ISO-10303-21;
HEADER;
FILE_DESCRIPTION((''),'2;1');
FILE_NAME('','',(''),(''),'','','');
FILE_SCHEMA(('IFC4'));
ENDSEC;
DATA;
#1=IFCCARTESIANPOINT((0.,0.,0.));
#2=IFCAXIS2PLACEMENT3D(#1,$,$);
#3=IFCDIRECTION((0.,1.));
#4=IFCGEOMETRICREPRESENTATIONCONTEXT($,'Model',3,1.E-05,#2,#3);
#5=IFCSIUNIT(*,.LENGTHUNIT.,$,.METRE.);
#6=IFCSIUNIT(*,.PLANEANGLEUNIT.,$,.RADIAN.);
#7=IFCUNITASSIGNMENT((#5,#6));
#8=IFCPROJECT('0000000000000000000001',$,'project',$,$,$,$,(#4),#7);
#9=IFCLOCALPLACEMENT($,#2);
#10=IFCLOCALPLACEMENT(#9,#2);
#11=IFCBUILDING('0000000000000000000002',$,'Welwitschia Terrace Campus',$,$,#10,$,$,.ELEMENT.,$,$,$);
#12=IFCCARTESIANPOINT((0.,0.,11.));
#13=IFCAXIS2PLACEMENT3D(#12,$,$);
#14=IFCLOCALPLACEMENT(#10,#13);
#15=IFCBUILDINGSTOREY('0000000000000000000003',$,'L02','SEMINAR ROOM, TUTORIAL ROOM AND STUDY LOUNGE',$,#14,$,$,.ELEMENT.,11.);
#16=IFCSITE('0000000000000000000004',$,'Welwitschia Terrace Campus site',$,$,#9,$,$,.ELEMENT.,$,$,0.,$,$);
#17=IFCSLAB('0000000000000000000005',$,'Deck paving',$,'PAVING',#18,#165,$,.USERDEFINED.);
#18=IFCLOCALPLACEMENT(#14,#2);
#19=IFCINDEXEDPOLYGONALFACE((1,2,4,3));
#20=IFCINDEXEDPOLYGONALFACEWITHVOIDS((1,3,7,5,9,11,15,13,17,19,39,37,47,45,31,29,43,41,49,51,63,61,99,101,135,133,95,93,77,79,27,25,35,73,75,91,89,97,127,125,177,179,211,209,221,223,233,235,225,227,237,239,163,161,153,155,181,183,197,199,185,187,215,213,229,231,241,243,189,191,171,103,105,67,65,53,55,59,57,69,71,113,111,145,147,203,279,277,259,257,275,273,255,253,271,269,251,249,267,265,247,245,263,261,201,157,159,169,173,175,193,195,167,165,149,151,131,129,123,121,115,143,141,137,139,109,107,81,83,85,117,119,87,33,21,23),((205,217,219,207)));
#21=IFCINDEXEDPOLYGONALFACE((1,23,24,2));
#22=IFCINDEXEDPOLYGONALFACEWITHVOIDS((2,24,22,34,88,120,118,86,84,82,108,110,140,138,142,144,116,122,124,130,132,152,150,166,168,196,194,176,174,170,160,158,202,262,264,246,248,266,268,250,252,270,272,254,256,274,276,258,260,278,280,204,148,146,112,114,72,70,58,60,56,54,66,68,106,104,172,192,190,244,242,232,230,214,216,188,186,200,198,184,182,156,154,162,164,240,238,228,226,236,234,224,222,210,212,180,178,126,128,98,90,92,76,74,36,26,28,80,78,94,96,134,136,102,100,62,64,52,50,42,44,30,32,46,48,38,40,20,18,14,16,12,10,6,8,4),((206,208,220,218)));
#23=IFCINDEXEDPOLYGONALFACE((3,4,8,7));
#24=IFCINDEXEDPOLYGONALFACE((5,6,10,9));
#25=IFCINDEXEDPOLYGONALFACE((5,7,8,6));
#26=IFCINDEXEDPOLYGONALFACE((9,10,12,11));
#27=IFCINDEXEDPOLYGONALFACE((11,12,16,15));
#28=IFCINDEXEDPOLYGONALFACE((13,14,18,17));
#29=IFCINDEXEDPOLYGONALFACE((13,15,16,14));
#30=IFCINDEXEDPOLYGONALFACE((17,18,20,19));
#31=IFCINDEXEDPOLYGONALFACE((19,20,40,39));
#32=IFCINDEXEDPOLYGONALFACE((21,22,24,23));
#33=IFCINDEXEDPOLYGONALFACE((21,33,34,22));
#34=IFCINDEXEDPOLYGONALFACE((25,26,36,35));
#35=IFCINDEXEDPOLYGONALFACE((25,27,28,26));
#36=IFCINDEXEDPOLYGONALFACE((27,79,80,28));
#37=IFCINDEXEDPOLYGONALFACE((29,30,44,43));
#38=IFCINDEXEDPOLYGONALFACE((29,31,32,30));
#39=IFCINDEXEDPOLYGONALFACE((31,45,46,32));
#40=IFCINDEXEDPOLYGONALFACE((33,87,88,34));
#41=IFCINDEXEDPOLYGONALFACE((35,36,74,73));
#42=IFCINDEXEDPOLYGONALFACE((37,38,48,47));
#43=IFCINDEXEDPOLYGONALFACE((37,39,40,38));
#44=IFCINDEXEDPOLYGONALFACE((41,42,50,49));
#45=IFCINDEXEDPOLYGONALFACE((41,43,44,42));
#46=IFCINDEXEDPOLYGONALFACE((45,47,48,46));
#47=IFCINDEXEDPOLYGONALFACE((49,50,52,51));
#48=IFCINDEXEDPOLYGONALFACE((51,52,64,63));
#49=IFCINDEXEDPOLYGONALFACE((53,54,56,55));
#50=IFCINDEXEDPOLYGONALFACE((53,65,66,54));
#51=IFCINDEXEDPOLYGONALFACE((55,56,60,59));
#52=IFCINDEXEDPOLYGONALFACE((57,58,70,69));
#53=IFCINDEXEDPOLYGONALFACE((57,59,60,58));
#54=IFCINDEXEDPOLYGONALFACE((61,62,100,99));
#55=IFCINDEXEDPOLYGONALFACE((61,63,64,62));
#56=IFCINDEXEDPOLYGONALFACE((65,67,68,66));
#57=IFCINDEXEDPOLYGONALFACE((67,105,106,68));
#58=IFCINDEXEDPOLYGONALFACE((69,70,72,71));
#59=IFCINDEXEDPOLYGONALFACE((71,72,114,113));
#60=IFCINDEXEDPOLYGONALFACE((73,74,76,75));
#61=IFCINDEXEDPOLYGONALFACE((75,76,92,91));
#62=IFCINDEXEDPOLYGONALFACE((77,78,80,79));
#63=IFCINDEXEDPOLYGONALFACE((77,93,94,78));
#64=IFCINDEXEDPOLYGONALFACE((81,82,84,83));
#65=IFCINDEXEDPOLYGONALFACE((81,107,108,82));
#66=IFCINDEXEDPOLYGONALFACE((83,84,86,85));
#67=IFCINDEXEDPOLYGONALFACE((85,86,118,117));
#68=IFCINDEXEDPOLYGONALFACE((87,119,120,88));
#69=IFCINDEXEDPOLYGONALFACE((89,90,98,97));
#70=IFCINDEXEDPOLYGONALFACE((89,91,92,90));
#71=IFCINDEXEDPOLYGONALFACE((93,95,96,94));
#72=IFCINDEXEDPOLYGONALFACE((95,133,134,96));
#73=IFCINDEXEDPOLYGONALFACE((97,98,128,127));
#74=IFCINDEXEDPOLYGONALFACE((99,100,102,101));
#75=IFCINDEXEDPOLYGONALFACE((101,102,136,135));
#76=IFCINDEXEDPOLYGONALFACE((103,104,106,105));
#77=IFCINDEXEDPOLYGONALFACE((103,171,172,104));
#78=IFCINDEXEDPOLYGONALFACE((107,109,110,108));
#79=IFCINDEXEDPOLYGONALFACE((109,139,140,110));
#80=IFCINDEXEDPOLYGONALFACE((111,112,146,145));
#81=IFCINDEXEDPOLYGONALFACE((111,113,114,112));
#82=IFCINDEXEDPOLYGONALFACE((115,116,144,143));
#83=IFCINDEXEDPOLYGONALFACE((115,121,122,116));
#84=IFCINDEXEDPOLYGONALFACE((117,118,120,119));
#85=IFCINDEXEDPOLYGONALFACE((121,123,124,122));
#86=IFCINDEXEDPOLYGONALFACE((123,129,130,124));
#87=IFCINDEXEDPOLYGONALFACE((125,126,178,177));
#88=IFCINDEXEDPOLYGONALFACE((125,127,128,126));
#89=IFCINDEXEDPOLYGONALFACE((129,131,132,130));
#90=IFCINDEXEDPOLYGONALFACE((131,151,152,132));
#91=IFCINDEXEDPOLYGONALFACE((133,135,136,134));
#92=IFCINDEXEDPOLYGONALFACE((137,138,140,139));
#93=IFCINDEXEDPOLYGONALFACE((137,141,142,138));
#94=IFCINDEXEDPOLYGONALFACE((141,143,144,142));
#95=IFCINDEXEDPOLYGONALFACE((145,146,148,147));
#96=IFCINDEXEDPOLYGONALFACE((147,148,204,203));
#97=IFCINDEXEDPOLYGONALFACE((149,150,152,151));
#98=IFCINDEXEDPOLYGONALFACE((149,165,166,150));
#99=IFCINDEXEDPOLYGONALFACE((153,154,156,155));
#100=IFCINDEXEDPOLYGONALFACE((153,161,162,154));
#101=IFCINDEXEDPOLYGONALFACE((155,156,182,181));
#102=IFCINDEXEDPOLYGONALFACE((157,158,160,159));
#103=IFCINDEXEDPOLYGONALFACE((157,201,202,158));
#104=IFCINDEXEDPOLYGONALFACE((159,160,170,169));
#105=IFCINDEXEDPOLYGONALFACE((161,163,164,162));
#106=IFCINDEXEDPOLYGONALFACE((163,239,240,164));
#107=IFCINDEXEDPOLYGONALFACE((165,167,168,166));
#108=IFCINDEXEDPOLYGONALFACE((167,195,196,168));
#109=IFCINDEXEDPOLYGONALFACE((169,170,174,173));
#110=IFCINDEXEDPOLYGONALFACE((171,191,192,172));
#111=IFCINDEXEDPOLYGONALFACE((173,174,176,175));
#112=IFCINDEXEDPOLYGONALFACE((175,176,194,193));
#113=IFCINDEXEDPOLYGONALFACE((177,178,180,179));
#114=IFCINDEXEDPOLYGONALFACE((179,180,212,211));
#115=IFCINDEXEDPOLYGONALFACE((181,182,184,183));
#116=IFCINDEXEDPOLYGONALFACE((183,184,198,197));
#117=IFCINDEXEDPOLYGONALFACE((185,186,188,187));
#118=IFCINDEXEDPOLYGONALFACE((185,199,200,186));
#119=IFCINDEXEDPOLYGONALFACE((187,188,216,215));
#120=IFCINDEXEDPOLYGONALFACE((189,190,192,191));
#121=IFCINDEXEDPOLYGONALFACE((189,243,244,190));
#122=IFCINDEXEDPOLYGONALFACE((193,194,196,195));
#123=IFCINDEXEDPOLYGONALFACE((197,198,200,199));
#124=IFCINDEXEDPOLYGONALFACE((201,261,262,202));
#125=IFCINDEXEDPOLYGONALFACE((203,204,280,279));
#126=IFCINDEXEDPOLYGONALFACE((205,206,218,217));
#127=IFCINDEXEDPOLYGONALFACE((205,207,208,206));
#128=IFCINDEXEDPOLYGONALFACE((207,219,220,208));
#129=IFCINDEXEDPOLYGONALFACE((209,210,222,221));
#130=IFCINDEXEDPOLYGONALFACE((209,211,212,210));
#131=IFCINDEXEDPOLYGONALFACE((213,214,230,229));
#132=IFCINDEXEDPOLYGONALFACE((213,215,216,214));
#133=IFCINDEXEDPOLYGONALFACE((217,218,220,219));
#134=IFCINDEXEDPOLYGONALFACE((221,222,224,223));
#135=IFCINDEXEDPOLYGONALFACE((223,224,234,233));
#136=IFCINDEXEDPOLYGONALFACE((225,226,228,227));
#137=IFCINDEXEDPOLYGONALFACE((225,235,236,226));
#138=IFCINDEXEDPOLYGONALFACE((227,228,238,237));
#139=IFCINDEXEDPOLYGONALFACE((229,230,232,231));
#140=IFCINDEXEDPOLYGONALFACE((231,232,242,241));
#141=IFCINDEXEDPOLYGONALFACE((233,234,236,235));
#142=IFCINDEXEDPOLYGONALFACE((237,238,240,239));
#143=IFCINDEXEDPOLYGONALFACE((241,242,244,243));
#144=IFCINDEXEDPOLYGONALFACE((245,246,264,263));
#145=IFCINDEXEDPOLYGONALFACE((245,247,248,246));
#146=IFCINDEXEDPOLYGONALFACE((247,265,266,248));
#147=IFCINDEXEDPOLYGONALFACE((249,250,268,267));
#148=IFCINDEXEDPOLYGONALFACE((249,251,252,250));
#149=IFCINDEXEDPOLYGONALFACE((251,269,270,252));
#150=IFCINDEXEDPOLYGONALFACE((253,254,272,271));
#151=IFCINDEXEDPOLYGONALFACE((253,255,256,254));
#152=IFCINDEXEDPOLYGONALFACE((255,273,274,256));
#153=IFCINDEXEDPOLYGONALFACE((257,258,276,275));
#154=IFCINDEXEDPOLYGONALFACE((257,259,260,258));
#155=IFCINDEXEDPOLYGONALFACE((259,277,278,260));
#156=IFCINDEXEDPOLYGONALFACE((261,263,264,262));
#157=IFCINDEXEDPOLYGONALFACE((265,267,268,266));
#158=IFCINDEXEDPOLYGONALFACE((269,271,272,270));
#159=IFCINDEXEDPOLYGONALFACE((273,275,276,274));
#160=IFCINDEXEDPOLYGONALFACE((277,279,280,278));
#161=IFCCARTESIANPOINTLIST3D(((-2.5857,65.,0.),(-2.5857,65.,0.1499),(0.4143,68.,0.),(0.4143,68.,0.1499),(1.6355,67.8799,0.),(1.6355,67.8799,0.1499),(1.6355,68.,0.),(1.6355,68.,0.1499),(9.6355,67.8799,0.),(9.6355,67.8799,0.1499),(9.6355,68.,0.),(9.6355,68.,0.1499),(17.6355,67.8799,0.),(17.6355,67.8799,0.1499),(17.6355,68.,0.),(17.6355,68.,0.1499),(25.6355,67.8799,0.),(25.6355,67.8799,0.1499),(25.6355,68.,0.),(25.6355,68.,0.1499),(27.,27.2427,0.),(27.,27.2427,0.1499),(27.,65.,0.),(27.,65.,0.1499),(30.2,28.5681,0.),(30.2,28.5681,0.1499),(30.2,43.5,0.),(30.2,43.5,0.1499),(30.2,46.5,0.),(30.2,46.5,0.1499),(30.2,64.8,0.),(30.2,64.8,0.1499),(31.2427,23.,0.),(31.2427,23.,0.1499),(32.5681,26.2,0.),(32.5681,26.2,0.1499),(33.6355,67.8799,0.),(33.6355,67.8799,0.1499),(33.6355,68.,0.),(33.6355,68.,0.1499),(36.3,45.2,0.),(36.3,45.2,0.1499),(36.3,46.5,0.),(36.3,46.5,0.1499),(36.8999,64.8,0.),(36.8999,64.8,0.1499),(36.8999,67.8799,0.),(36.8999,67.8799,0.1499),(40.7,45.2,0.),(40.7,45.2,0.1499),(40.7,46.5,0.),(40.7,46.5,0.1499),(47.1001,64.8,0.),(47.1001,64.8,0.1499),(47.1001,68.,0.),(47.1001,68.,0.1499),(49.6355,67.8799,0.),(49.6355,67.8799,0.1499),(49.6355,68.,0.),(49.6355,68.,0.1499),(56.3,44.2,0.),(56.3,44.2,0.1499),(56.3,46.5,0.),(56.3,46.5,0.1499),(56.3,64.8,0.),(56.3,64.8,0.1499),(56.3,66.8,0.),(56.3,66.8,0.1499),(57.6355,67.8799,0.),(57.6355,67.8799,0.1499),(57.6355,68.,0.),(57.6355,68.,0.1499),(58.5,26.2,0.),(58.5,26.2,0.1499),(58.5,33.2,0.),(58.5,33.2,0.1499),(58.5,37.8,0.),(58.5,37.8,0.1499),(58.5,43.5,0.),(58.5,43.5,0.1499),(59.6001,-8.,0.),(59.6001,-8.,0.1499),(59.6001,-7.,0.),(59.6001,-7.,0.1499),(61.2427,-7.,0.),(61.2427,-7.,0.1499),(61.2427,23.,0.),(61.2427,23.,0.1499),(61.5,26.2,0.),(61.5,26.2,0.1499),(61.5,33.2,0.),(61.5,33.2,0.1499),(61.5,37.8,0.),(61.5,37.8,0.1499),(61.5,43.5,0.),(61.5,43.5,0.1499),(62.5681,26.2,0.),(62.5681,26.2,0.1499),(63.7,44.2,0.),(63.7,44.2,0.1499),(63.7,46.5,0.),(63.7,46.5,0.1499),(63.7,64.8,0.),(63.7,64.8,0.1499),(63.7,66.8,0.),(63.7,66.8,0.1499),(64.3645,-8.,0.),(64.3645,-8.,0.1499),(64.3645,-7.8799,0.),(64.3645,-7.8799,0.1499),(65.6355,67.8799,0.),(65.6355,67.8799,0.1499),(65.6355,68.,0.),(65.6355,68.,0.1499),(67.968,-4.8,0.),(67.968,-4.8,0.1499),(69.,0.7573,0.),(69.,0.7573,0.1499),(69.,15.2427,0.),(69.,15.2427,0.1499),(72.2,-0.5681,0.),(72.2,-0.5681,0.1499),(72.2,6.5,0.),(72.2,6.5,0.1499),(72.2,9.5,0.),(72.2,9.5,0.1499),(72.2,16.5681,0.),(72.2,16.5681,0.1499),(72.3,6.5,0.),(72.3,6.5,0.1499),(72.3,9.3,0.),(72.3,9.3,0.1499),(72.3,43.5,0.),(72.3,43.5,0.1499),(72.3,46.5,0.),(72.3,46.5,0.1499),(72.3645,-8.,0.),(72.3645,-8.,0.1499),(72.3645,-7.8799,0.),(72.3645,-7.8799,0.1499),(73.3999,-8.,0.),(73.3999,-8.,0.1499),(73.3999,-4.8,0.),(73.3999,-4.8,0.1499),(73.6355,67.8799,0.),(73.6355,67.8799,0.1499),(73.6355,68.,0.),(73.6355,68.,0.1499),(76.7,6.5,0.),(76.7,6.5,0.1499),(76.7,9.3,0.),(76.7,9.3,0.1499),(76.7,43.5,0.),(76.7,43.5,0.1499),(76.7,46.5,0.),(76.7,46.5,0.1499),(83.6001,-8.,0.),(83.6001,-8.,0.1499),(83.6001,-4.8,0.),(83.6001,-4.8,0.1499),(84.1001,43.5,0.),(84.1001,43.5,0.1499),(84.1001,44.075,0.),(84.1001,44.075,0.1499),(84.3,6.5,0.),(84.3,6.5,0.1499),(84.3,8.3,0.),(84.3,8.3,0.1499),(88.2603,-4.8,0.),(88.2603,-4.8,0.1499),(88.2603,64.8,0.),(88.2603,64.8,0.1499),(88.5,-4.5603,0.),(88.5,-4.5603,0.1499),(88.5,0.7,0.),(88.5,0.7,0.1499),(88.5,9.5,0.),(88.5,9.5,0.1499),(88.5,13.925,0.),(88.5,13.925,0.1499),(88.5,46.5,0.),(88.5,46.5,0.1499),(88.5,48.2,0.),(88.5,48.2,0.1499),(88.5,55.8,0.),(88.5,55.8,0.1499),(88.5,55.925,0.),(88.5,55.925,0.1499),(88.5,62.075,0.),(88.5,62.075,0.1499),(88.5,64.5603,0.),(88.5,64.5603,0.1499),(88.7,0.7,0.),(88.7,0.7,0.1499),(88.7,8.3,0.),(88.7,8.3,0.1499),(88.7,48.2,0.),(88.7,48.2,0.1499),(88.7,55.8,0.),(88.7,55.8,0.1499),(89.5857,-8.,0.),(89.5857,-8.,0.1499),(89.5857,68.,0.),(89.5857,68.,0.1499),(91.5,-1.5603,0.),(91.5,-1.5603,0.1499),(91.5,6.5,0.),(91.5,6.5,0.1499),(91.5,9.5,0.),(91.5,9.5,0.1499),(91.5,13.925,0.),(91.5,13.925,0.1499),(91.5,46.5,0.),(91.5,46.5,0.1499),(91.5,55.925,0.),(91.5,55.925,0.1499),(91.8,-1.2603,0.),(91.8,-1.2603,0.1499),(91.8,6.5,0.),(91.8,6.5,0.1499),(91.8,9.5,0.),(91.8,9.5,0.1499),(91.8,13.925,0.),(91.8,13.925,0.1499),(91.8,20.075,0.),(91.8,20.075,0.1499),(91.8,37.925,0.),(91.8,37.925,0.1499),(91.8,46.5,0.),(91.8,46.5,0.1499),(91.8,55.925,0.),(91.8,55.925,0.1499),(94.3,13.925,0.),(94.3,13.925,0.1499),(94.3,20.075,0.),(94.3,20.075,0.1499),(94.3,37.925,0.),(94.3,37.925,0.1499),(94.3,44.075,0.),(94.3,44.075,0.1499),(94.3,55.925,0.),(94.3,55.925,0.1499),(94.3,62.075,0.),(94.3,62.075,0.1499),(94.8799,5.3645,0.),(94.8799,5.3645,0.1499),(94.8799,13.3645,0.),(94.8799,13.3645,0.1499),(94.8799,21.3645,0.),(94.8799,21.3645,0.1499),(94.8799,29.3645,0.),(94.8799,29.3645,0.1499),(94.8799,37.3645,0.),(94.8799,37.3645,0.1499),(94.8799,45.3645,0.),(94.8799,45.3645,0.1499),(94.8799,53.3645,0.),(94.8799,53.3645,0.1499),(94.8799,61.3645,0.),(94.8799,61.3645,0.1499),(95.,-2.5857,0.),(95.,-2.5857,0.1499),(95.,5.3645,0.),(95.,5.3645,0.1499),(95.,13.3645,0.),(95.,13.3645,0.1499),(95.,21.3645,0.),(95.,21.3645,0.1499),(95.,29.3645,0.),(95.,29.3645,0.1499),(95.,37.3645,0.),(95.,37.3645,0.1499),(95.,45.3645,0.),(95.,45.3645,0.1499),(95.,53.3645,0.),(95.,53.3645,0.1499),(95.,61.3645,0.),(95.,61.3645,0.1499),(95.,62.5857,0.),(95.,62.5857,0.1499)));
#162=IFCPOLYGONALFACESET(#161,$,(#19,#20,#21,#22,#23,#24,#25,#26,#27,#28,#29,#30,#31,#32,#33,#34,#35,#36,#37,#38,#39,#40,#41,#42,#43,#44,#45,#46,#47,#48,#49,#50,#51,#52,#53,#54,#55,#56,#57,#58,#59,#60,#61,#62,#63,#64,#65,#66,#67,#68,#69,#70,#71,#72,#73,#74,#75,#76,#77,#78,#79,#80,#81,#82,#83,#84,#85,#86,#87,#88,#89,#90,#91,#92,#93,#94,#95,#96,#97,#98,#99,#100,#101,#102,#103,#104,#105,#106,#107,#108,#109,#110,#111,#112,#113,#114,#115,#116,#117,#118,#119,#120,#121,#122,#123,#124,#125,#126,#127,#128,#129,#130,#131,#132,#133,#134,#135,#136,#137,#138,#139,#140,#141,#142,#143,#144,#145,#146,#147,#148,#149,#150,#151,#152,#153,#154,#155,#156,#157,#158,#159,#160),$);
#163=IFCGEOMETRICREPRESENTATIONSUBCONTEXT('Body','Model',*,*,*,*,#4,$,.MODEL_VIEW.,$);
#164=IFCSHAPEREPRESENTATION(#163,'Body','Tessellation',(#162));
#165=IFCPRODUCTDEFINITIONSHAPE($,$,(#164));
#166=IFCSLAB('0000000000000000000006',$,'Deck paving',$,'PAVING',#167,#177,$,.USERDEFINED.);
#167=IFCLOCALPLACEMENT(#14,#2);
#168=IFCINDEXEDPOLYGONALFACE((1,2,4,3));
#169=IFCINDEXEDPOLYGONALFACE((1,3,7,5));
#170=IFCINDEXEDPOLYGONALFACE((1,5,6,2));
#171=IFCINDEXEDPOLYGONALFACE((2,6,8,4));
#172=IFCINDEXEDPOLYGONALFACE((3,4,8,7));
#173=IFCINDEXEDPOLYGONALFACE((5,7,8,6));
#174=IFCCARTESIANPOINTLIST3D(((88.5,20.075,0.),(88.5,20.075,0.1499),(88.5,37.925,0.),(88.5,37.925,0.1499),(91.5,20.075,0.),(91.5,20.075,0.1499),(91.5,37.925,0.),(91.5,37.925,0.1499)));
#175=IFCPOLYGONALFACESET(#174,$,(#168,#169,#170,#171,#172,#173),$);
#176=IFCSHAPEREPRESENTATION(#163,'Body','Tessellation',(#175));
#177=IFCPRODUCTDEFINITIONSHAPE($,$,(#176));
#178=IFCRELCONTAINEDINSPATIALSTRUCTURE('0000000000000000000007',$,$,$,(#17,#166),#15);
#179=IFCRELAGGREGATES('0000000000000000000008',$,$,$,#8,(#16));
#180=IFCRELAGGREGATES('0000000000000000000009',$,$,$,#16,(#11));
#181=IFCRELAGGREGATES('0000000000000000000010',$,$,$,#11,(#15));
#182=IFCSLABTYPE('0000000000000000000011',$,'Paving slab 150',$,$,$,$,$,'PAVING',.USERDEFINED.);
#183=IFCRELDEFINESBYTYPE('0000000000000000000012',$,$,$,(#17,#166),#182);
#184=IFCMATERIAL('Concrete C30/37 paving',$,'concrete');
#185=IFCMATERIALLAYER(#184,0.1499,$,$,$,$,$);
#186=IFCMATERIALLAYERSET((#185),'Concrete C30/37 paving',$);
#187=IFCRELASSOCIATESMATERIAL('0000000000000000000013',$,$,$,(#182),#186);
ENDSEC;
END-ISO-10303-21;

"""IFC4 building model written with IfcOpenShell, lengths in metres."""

from ifc_helpers import new_model, si_unit, direction, frame, origin, place, context, subcontext, project, spatial, polyline, outline, extrude, material, layer, layer_set, type_object, element, save


model = new_model("IFC4")

# Units and contexts
model_context = context("Model", 3, precision=1e-05, world=origin(), true_north=direction((0.0, 1.0)))
body_context = subcontext(model_context, "Body", "Model", "MODEL_VIEW")
ifc_project = project(units=[si_unit("LENGTHUNIT", "METRE"), si_unit("PLANEANGLEUNIT", "RADIAN")], contexts=[model_context])

# Site, building, storey
site_placement = place(None, origin())
site = spatial("IfcSite", under=ifc_project, at=site_placement, Name="Welwitschia Terrace Campus site", CompositionType="ELEMENT", RefElevation=0.0)
building_placement = place(site_placement, origin())
building = spatial("IfcBuilding", under=site, at=building_placement, Name="Welwitschia Terrace Campus", CompositionType="ELEMENT")
storey_placement = place(building_placement, frame((0.0, 0.0, 11.0)))
storey = spatial("IfcBuildingStorey", under=building, at=storey_placement, Name="L02", Description="SEMINAR ROOM, TUTORIAL ROOM AND STUDY LOUNGE", CompositionType="ELEMENT", Elevation=11.0)

# Slabs
ifc_material_1 = material(Name="Concrete C30/37 paving", Category="concrete")
ifc_layer_1 = layer(ifc_material_1, 0.1499)
ifc_layer_set_1 = layer_set([ifc_layer_1], Name="Concrete C30/37 paving")
slab_type_1 = type_object("IfcSlabType", Name="Paving slab 150", ElementType="PAVING", PredefinedType="USERDEFINED", material=ifc_layer_set_1)
slab_1_placement = place(storey_placement, origin())
element("IfcSlab", 1, at=slab_1_placement, inside=storey, type_object=slab_type_1, Name="Deck paving", ObjectType="PAVING", PredefinedType="USERDEFINED", context=body_context, shape_type="SweptSolid", body=[
    extrude(outline(polyline([(61.2427, -7.0), (69.0, 0.7573), (69.0, 15.2427), (61.2427, 23.0), (31.2427, 23.0), (27.0, 27.2427), (27.0, 65.0), (-2.5857, 65.0), (0.4143, 68.0), (1.6355, 68.0), (1.6355, 67.8799), (9.6355, 67.8799), (9.6355, 68.0), (17.6355, 68.0), (17.6355, 67.8799), (25.6355, 67.8799), (25.6355, 68.0), (33.6355, 68.0), (33.6355, 67.8799), (36.8999, 67.8799), (36.8999, 64.8), (30.2, 64.8), (30.2, 46.5), (36.3, 46.5), (36.3, 45.2), (40.7, 45.2), (40.7, 46.5), (56.3, 46.5), (56.3, 44.2), (63.7, 44.2), (63.7, 46.5), (72.3, 46.5), (72.3, 43.5), (61.5, 43.5), (61.5, 37.8), (58.5, 37.8), (58.5, 43.5), (30.2, 43.5), (30.2, 28.5681), (32.5681, 26.2), (58.5, 26.2), (58.5, 33.2), (61.5, 33.2), (61.5, 26.2), (62.5681, 26.2), (72.2, 16.5681), (72.2, 9.5), (88.5, 9.5), (88.5, 13.925), (91.5, 13.925), (91.5, 9.5), (91.8, 9.5), (91.8, 13.925), (94.3, 13.925), (94.3, 20.075), (91.8, 20.075), (91.8, 37.925), (94.3, 37.925), (94.3, 44.075), (84.1001, 44.075), (84.1001, 43.5), (76.7, 43.5), (76.7, 46.5), (88.5, 46.5), (88.5, 48.2), (88.7, 48.2), (88.7, 55.8), (88.5, 55.8), (88.5, 55.925), (91.5, 55.925), (91.5, 46.5), (91.8, 46.5), (91.8, 55.925), (94.3, 55.925), (94.3, 62.075), (88.5, 62.075), (88.5, 64.5603), (88.2603, 64.8), (63.7, 64.8), (63.7, 66.8), (56.3, 66.8), (56.3, 64.8), (47.1001, 64.8), (47.1001, 68.0), (49.6355, 68.0), (49.6355, 67.8799), (57.6355, 67.8799), (57.6355, 68.0), (65.6355, 68.0), (65.6355, 67.8799), (73.6355, 67.8799), (73.6355, 68.0), (89.5857, 68.0), (95.0, 62.5857), (95.0, 61.3645), (94.8799, 61.3645), (94.8799, 53.3645), (95.0, 53.3645), (95.0, 45.3645), (94.8799, 45.3645), (94.8799, 37.3645), (95.0, 37.3645), (95.0, 29.3645), (94.8799, 29.3645), (94.8799, 21.3645), (95.0, 21.3645), (95.0, 13.3645), (94.8799, 13.3645), (94.8799, 5.3645), (95.0, 5.3645), (95.0, -2.5857), (89.5857, -8.0), (83.6001, -8.0), (83.6001, -4.8), (88.2603, -4.8), (88.5, -4.5603), (88.5, 0.7), (88.7, 0.7), (88.7, 8.3), (84.3, 8.3), (84.3, 6.5), (76.7, 6.5), (76.7, 9.3), (72.3, 9.3), (72.3, 6.5), (72.2, 6.5), (72.2, -0.5681), (67.968, -4.8), (73.3999, -4.8), (73.3999, -8.0), (72.3645, -8.0), (72.3645, -7.8799), (64.3645, -7.8799), (64.3645, -8.0), (59.6001, -8.0), (59.6001, -7.0), (61.2427, -7.0)]), holes=[polyline([(91.8, 6.5), (91.5, 6.5), (91.5, -1.5603), (91.8, -1.2603), (91.8, 6.5)])]), origin(), (0.0, 0.0, 1.0), 0.1499),
])
slab_2_placement = place(storey_placement, origin())
element("IfcSlab", 2, at=slab_2_placement, inside=storey, type_object=slab_type_1, Name="Deck paving", ObjectType="PAVING", PredefinedType="USERDEFINED", context=body_context, shape_type="SweptSolid", body=[
    extrude(outline(polyline([(91.5, 20.075), (88.5, 20.075), (88.5, 37.925), (91.5, 37.925), (91.5, 20.075)])), origin(), (0.0, 0.0, 1.0), 0.1499),
])

save(model, "model.ifc")
